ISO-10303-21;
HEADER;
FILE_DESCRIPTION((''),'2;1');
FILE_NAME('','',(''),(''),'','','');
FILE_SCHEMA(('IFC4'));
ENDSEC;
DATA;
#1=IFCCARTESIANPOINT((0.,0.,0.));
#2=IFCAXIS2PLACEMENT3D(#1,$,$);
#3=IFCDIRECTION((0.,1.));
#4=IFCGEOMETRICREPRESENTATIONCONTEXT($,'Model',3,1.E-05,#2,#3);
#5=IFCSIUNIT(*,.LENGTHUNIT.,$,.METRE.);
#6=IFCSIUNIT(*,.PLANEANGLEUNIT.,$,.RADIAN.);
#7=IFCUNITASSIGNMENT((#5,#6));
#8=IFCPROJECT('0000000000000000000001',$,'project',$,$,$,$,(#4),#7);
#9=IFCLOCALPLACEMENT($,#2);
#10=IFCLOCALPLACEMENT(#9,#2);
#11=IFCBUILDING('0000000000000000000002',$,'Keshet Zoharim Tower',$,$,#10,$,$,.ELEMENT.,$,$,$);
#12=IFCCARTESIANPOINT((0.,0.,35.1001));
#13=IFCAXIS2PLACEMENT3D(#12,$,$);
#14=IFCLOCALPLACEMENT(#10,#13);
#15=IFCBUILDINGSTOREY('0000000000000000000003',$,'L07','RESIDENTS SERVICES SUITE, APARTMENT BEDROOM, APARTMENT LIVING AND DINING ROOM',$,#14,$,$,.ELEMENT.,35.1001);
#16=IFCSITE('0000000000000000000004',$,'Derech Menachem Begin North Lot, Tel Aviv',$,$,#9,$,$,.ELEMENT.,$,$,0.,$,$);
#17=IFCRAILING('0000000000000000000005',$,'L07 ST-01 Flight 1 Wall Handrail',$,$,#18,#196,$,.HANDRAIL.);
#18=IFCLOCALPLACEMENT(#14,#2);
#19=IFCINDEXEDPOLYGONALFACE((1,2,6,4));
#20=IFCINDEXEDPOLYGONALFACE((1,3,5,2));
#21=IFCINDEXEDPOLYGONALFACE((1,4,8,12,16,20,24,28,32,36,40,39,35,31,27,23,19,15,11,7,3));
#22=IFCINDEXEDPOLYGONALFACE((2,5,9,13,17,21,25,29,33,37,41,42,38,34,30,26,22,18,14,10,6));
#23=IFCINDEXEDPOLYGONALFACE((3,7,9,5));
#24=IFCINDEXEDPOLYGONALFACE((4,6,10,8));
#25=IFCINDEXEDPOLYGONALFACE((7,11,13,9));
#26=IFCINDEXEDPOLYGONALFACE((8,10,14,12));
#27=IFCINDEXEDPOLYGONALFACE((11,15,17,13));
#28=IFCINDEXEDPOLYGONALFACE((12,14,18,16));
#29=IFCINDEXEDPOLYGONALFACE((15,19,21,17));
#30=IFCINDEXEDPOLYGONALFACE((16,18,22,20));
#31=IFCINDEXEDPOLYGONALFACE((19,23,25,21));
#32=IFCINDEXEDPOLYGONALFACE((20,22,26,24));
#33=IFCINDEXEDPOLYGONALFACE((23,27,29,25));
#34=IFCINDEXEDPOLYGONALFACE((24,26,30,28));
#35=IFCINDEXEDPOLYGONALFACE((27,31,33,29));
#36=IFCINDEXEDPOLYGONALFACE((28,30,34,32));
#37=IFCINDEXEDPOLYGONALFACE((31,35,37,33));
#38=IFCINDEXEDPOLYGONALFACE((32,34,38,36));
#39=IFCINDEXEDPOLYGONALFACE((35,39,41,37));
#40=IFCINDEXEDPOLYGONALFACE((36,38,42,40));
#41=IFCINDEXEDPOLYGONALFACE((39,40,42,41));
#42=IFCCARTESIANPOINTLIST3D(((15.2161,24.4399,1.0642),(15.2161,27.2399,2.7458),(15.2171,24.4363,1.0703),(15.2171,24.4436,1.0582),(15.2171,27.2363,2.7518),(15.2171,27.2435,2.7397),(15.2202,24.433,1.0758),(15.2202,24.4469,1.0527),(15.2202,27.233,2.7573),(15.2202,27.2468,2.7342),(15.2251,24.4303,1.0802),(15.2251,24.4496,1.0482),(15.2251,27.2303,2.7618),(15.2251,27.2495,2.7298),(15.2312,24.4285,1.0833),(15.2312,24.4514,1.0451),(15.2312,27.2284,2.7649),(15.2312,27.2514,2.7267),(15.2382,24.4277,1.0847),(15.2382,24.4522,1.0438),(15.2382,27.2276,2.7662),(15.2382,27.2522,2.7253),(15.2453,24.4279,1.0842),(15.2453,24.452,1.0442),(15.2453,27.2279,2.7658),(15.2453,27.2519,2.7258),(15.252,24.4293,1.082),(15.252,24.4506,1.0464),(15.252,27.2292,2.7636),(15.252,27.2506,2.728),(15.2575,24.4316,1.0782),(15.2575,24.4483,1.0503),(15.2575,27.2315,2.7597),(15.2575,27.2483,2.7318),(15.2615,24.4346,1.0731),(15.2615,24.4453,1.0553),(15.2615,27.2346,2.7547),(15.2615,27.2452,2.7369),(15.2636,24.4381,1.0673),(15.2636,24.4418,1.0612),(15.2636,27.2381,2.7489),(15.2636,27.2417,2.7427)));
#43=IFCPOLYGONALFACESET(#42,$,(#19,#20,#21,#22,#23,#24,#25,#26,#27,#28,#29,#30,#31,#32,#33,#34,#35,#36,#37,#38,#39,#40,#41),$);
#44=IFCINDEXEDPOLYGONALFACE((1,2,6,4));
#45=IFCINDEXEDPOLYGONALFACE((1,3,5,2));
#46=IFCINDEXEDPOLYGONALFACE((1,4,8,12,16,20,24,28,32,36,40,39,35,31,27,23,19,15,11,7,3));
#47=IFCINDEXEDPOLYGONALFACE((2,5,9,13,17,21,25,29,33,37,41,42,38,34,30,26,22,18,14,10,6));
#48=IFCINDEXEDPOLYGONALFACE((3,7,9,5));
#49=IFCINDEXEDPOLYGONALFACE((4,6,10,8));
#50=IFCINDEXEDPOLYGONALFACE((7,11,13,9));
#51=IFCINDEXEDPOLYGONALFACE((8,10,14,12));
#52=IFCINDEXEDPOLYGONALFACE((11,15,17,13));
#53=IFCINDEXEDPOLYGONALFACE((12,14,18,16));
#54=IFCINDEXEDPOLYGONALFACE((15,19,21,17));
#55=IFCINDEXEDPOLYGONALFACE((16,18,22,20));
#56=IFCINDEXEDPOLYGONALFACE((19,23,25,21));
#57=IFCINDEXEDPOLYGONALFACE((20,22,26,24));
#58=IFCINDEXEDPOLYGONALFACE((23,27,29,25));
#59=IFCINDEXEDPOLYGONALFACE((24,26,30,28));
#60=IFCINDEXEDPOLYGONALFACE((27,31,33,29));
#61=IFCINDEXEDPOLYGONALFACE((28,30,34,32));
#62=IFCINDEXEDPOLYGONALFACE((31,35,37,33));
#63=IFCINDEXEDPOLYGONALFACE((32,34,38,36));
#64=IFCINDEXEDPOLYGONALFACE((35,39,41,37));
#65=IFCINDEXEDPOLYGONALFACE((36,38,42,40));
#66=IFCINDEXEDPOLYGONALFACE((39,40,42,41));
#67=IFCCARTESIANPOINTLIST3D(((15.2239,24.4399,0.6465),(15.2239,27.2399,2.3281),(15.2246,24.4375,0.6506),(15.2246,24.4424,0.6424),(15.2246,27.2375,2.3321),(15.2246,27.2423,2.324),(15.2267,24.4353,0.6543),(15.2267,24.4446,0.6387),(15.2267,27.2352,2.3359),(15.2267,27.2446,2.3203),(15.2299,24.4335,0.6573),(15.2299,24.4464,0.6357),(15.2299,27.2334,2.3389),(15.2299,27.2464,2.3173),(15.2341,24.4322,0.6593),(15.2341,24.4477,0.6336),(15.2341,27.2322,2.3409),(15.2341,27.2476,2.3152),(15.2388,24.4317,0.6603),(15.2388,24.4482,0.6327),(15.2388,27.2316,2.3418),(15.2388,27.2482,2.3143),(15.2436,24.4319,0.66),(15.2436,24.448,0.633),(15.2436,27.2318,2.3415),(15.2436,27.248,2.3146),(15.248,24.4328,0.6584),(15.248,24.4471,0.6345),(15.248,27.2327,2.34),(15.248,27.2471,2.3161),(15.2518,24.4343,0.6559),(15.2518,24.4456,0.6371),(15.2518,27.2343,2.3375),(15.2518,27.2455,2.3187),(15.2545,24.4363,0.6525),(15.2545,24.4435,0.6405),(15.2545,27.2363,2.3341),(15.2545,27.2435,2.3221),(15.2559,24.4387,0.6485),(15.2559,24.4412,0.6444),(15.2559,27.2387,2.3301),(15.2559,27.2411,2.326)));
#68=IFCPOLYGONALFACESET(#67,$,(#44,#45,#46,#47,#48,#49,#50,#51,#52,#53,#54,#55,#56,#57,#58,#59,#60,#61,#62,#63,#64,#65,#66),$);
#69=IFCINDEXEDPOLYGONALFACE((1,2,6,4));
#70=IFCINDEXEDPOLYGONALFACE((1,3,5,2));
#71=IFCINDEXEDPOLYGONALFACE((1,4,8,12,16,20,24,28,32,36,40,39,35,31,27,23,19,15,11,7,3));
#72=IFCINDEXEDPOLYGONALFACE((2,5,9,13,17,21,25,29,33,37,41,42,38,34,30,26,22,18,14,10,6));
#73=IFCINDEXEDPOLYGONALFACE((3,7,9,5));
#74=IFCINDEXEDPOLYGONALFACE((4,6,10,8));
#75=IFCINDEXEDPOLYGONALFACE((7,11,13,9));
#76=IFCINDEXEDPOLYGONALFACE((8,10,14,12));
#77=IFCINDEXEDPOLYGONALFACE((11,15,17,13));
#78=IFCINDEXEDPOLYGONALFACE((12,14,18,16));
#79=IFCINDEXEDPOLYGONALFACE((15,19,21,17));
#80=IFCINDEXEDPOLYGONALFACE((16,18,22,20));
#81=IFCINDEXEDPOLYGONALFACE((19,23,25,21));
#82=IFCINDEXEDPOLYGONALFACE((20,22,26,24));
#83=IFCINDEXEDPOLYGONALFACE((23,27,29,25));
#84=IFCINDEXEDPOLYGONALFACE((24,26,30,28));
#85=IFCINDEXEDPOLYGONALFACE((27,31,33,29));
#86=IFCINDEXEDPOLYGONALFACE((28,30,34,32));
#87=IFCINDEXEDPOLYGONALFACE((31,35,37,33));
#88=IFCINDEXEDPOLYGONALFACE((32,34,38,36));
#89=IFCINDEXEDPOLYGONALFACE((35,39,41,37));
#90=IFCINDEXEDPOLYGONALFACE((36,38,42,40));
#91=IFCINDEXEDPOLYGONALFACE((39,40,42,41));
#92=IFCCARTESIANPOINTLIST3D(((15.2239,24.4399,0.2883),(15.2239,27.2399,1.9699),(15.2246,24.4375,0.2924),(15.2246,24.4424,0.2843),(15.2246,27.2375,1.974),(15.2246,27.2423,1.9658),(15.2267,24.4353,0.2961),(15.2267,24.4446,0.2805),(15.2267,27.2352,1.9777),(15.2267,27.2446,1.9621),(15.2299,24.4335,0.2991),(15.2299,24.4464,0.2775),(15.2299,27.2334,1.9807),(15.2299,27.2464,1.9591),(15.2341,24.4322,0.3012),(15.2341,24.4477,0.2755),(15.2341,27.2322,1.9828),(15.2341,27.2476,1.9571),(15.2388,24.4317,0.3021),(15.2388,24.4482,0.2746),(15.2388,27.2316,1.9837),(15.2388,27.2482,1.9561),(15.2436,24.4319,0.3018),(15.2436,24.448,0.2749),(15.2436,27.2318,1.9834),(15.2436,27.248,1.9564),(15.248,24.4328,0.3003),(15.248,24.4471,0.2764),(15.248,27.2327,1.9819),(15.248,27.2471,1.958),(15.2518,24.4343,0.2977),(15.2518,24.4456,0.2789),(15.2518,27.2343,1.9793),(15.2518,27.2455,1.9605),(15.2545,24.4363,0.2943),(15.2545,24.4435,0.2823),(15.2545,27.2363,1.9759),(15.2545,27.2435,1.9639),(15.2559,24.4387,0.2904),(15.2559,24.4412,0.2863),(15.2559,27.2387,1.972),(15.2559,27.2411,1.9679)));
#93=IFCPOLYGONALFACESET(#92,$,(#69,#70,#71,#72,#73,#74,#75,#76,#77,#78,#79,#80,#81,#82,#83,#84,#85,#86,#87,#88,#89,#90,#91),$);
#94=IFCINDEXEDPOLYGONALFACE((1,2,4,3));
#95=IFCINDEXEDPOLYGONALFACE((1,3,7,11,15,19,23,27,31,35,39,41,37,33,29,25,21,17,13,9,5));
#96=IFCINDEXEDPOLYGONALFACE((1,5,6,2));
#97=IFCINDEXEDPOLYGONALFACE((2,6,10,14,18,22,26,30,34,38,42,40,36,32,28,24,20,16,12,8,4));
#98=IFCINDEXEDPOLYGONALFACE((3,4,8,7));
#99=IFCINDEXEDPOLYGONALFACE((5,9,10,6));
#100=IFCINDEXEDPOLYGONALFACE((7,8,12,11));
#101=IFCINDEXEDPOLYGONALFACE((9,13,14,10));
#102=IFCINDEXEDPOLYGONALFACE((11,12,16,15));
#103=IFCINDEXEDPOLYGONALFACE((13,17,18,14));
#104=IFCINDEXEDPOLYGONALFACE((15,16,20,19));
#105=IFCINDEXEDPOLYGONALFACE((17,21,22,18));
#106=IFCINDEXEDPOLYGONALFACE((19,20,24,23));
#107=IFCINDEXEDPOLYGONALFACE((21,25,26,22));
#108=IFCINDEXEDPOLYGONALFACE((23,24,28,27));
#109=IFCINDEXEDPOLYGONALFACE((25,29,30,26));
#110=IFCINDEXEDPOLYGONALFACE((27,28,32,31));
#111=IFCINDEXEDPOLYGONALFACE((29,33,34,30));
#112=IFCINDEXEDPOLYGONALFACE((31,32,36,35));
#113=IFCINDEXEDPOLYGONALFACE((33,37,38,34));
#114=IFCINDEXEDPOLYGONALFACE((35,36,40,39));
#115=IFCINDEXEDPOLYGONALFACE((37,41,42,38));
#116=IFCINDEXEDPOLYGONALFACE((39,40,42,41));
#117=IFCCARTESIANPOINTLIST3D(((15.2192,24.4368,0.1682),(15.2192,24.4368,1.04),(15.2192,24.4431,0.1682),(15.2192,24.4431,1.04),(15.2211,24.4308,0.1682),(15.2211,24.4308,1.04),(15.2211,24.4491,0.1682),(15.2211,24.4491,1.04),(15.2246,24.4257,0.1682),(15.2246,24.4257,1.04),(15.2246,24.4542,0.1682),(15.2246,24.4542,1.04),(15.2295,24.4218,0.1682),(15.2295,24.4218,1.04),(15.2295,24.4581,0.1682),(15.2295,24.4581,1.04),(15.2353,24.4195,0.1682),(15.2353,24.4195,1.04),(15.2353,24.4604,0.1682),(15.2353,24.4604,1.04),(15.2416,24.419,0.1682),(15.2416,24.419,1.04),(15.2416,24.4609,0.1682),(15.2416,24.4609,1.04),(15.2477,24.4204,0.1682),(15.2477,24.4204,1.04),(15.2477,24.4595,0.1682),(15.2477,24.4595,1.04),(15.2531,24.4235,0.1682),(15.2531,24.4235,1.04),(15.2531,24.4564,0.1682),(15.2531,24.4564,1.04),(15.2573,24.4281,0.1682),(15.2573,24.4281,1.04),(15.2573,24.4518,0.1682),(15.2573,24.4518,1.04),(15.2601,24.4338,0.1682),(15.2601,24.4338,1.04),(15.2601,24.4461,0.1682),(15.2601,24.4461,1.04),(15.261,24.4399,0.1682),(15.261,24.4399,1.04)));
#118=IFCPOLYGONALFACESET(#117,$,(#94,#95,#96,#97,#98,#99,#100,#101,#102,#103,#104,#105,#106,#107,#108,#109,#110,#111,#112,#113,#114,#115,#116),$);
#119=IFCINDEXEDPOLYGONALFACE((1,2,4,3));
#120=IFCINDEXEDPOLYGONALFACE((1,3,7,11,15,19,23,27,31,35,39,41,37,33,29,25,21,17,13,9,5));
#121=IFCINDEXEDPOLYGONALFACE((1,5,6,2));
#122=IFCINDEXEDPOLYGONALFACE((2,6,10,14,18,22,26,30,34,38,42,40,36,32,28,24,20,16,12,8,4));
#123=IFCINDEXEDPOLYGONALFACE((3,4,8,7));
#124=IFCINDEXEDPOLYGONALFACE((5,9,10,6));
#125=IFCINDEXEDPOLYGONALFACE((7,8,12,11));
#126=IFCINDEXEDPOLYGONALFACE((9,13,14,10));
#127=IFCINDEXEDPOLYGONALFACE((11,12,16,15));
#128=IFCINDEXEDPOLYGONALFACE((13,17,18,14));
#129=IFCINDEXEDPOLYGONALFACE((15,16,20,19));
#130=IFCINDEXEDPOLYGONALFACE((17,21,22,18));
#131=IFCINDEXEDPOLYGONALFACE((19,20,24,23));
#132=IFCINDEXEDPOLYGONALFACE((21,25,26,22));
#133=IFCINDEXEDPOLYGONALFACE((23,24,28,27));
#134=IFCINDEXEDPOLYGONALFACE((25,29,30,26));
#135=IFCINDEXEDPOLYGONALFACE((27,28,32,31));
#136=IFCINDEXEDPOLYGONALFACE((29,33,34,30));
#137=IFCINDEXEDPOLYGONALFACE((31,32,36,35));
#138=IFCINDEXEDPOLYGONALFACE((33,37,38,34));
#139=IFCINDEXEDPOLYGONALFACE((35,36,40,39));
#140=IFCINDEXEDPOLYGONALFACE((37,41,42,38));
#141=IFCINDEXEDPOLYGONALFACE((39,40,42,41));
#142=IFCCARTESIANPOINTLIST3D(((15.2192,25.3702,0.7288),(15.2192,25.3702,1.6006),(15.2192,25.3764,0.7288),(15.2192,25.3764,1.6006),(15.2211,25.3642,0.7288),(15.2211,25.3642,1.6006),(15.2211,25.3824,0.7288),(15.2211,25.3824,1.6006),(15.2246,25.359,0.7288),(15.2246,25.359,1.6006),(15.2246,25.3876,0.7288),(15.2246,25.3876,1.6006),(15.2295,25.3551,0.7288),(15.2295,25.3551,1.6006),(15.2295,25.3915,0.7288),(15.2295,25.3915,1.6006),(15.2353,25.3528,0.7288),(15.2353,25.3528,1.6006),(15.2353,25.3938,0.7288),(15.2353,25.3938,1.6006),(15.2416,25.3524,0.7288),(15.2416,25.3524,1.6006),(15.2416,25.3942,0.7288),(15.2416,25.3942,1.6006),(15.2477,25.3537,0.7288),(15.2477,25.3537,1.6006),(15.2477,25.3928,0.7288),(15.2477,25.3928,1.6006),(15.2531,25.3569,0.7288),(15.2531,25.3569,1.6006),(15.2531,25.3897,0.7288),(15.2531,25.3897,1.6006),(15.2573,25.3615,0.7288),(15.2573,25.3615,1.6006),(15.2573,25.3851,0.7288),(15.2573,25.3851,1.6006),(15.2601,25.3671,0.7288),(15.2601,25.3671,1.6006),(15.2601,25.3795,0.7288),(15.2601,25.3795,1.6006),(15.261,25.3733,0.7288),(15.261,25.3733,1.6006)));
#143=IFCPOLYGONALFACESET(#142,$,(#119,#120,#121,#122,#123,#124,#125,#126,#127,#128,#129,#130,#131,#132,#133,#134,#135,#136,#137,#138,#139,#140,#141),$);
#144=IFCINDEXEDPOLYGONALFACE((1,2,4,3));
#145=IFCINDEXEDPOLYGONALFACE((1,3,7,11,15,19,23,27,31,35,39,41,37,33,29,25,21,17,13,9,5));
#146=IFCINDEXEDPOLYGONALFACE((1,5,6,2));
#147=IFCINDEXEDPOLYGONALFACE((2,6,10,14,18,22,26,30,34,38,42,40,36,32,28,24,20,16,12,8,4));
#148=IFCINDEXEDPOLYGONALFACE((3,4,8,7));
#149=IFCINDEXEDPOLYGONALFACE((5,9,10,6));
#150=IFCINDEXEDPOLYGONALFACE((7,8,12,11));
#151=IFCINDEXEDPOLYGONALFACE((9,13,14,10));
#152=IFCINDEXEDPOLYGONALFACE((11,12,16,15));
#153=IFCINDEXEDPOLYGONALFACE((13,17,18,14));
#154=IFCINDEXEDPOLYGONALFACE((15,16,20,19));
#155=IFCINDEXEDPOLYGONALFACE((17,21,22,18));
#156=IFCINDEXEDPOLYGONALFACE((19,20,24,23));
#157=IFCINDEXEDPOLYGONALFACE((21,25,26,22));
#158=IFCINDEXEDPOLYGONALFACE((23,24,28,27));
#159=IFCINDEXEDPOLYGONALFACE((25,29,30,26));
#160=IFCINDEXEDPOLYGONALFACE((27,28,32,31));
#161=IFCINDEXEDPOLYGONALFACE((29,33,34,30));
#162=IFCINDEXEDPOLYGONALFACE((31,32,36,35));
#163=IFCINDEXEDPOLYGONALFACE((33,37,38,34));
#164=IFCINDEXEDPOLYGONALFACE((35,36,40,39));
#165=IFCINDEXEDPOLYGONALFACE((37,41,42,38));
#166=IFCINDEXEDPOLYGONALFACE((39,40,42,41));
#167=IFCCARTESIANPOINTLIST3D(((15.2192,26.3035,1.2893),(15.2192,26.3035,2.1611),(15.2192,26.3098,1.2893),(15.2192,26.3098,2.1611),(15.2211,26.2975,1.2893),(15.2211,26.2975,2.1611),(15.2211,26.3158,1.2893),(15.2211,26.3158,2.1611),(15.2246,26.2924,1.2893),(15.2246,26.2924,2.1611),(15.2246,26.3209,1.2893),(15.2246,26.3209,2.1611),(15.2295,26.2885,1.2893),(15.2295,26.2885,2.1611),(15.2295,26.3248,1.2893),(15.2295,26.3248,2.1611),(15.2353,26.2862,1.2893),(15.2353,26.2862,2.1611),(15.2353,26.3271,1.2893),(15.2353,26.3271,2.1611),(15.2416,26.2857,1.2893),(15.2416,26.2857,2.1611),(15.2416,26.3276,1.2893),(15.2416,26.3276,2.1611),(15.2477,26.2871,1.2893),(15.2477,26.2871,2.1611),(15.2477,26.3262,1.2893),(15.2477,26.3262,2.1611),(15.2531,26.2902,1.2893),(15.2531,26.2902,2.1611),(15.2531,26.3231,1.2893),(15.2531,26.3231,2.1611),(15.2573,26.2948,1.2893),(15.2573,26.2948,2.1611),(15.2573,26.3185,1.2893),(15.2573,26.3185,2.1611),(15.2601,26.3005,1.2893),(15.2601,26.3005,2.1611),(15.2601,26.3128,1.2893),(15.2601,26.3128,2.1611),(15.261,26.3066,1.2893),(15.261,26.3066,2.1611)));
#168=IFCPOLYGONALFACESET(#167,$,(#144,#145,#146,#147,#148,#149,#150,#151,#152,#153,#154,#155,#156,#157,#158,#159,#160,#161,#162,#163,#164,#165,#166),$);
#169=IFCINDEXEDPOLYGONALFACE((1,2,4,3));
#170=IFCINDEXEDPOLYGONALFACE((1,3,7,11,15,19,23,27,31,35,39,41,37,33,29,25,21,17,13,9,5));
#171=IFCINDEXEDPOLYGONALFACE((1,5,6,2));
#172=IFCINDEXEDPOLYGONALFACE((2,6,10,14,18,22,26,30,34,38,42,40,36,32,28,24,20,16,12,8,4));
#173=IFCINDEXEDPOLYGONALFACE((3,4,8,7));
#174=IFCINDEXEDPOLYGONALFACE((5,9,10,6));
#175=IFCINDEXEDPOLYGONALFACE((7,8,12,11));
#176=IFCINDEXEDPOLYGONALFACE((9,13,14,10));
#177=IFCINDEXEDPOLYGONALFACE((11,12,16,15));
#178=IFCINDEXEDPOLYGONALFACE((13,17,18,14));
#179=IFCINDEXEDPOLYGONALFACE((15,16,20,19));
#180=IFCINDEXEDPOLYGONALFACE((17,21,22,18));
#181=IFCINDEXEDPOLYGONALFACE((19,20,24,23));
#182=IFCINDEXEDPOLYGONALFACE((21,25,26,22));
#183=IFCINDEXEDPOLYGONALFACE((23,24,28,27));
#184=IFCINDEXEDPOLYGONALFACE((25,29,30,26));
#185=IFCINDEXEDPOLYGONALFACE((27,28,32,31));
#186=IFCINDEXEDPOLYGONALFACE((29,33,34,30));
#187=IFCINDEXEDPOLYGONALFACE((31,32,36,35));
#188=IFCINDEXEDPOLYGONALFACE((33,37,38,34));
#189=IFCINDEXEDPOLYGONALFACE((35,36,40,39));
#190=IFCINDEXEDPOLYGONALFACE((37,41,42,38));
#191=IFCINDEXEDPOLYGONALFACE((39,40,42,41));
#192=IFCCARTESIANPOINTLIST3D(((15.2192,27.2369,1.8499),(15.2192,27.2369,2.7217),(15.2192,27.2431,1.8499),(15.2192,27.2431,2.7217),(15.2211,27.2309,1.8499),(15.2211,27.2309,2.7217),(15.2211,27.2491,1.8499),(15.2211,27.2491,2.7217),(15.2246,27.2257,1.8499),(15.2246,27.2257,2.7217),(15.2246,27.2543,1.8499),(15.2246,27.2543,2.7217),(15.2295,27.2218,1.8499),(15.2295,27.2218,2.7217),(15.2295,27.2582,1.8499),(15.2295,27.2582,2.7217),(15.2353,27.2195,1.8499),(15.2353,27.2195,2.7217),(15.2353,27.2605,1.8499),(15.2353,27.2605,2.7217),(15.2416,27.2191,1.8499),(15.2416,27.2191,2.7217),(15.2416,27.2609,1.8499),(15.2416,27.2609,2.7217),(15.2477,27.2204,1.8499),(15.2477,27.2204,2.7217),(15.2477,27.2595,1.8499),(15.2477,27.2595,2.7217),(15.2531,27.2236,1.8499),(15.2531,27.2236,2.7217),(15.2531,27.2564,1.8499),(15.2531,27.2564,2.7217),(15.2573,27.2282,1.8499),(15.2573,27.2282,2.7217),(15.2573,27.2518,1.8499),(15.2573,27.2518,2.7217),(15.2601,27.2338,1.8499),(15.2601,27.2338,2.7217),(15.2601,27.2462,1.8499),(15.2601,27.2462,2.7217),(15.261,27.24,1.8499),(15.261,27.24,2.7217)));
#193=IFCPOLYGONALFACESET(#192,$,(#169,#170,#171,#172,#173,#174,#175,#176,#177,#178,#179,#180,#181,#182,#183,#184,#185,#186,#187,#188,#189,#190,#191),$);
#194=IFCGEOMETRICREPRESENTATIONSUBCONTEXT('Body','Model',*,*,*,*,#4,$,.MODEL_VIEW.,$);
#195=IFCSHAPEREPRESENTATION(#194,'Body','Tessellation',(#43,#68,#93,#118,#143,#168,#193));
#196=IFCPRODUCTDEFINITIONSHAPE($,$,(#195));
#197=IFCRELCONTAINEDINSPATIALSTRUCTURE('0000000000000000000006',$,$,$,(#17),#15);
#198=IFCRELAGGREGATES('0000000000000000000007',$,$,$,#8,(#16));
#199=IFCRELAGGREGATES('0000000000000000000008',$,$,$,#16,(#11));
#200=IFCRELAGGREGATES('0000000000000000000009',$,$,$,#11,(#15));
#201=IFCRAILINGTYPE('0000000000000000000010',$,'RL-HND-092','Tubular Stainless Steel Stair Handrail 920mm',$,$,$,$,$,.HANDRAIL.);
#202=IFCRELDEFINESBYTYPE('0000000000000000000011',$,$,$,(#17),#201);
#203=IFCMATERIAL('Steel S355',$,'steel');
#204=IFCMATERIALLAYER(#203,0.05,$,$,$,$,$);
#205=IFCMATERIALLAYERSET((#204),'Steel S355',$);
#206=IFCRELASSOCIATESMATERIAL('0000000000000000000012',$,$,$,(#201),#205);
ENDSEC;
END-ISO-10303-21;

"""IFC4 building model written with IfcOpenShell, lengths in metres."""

from ifc_helpers import new_model, si_unit, direction, frame, origin, origin_2d, place, context, subcontext, project, spatial, circle, extrude, material, layer, layer_set, type_object, element, save


model = new_model("IFC4")

# Units and contexts
model_context = context("Model", 3, precision=1e-05, world=origin(), true_north=direction((0.0, 1.0)))
body_context = subcontext(model_context, "Body", "Model", "MODEL_VIEW")
ifc_project = project(units=[si_unit("LENGTHUNIT", "METRE"), si_unit("PLANEANGLEUNIT", "RADIAN")], contexts=[model_context])

# Site, building, storey
site_placement = place(None, origin())
site = spatial("IfcSite", under=ifc_project, at=site_placement, Name="Derech Menachem Begin North Lot, Tel Aviv", CompositionType="ELEMENT", RefElevation=0.0)
building_placement = place(site_placement, origin())
building = spatial("IfcBuilding", under=site, at=building_placement, Name="Keshet Zoharim Tower", CompositionType="ELEMENT")
storey_placement = place(building_placement, frame((0.0, 0.0, 35.1001)))
storey = spatial("IfcBuildingStorey", under=building, at=storey_placement, Name="L07", Description="RESIDENTS SERVICES SUITE, APARTMENT BEDROOM, APARTMENT LIVING AND DINING ROOM", CompositionType="ELEMENT", Elevation=35.1001)

# Shared definitions
ifc_material_1 = material(Name="Steel S355", Category="steel")

# Railing
ifc_layer_1 = layer(ifc_material_1, 0.05)
ifc_layer_set_1 = layer_set([ifc_layer_1], Name="Steel S355")
railing_type_1 = type_object("IfcRailingType", Name="RL-HND-092", Description="Tubular Stainless Steel Stair Handrail 920mm", PredefinedType="HANDRAIL", material=ifc_layer_set_1)
railing_1_placement = place(storey_placement, frame((15.24, 24.4399, 0.1682)))
element("IfcRailing", 1, at=railing_1_placement, inside=storey, type_object=railing_type_1, Name="L07 ST-01 Flight 1 Wall Handrail", PredefinedType="HANDRAIL", context=body_context, shape_type="SweptSolid", body=[
    extrude(circle(Radius=0.0239, at=origin_2d()), frame((0.0, 0.0, 0.896), z_axis=(0.0, 0.857275, 0.514858), x_axis=(-1.0, 0.0, 0.0)), (0.0, 0.0, 1.0), 3.2661),
    extrude(circle(Radius=0.0161, at=origin_2d()), frame((0.0, 0.0, 0.4783), z_axis=(0.0, 0.857275, 0.514858), x_axis=(-1.0, 0.0, 0.0)), (0.0, 0.0, 1.0), 3.2661),
    extrude(circle(Radius=0.0161, at=origin_2d()), frame((0.0, 0.0, 0.1201), z_axis=(0.0, 0.857275, 0.514858), x_axis=(-1.0, 0.0, 0.0)), (0.0, 0.0, 1.0), 3.2661),
    extrude(circle(Radius=0.021, at=origin_2d()), origin(), (0.0, 0.0, 1.0), 0.8718),
    extrude(circle(Radius=0.021, at=origin_2d()), frame((0.0, 0.9333, 0.5605)), (0.0, 0.0, 1.0), 0.8718),
    extrude(circle(Radius=0.021, at=origin_2d()), frame((0.0, 1.8667, 1.1211)), (0.0, 0.0, 1.0), 0.8718),
    extrude(circle(Radius=0.021, at=origin_2d()), frame((0.0, 2.8, 1.6816)), (0.0, 0.0, 1.0), 0.8718),
])

save(model, "model.ifc")
